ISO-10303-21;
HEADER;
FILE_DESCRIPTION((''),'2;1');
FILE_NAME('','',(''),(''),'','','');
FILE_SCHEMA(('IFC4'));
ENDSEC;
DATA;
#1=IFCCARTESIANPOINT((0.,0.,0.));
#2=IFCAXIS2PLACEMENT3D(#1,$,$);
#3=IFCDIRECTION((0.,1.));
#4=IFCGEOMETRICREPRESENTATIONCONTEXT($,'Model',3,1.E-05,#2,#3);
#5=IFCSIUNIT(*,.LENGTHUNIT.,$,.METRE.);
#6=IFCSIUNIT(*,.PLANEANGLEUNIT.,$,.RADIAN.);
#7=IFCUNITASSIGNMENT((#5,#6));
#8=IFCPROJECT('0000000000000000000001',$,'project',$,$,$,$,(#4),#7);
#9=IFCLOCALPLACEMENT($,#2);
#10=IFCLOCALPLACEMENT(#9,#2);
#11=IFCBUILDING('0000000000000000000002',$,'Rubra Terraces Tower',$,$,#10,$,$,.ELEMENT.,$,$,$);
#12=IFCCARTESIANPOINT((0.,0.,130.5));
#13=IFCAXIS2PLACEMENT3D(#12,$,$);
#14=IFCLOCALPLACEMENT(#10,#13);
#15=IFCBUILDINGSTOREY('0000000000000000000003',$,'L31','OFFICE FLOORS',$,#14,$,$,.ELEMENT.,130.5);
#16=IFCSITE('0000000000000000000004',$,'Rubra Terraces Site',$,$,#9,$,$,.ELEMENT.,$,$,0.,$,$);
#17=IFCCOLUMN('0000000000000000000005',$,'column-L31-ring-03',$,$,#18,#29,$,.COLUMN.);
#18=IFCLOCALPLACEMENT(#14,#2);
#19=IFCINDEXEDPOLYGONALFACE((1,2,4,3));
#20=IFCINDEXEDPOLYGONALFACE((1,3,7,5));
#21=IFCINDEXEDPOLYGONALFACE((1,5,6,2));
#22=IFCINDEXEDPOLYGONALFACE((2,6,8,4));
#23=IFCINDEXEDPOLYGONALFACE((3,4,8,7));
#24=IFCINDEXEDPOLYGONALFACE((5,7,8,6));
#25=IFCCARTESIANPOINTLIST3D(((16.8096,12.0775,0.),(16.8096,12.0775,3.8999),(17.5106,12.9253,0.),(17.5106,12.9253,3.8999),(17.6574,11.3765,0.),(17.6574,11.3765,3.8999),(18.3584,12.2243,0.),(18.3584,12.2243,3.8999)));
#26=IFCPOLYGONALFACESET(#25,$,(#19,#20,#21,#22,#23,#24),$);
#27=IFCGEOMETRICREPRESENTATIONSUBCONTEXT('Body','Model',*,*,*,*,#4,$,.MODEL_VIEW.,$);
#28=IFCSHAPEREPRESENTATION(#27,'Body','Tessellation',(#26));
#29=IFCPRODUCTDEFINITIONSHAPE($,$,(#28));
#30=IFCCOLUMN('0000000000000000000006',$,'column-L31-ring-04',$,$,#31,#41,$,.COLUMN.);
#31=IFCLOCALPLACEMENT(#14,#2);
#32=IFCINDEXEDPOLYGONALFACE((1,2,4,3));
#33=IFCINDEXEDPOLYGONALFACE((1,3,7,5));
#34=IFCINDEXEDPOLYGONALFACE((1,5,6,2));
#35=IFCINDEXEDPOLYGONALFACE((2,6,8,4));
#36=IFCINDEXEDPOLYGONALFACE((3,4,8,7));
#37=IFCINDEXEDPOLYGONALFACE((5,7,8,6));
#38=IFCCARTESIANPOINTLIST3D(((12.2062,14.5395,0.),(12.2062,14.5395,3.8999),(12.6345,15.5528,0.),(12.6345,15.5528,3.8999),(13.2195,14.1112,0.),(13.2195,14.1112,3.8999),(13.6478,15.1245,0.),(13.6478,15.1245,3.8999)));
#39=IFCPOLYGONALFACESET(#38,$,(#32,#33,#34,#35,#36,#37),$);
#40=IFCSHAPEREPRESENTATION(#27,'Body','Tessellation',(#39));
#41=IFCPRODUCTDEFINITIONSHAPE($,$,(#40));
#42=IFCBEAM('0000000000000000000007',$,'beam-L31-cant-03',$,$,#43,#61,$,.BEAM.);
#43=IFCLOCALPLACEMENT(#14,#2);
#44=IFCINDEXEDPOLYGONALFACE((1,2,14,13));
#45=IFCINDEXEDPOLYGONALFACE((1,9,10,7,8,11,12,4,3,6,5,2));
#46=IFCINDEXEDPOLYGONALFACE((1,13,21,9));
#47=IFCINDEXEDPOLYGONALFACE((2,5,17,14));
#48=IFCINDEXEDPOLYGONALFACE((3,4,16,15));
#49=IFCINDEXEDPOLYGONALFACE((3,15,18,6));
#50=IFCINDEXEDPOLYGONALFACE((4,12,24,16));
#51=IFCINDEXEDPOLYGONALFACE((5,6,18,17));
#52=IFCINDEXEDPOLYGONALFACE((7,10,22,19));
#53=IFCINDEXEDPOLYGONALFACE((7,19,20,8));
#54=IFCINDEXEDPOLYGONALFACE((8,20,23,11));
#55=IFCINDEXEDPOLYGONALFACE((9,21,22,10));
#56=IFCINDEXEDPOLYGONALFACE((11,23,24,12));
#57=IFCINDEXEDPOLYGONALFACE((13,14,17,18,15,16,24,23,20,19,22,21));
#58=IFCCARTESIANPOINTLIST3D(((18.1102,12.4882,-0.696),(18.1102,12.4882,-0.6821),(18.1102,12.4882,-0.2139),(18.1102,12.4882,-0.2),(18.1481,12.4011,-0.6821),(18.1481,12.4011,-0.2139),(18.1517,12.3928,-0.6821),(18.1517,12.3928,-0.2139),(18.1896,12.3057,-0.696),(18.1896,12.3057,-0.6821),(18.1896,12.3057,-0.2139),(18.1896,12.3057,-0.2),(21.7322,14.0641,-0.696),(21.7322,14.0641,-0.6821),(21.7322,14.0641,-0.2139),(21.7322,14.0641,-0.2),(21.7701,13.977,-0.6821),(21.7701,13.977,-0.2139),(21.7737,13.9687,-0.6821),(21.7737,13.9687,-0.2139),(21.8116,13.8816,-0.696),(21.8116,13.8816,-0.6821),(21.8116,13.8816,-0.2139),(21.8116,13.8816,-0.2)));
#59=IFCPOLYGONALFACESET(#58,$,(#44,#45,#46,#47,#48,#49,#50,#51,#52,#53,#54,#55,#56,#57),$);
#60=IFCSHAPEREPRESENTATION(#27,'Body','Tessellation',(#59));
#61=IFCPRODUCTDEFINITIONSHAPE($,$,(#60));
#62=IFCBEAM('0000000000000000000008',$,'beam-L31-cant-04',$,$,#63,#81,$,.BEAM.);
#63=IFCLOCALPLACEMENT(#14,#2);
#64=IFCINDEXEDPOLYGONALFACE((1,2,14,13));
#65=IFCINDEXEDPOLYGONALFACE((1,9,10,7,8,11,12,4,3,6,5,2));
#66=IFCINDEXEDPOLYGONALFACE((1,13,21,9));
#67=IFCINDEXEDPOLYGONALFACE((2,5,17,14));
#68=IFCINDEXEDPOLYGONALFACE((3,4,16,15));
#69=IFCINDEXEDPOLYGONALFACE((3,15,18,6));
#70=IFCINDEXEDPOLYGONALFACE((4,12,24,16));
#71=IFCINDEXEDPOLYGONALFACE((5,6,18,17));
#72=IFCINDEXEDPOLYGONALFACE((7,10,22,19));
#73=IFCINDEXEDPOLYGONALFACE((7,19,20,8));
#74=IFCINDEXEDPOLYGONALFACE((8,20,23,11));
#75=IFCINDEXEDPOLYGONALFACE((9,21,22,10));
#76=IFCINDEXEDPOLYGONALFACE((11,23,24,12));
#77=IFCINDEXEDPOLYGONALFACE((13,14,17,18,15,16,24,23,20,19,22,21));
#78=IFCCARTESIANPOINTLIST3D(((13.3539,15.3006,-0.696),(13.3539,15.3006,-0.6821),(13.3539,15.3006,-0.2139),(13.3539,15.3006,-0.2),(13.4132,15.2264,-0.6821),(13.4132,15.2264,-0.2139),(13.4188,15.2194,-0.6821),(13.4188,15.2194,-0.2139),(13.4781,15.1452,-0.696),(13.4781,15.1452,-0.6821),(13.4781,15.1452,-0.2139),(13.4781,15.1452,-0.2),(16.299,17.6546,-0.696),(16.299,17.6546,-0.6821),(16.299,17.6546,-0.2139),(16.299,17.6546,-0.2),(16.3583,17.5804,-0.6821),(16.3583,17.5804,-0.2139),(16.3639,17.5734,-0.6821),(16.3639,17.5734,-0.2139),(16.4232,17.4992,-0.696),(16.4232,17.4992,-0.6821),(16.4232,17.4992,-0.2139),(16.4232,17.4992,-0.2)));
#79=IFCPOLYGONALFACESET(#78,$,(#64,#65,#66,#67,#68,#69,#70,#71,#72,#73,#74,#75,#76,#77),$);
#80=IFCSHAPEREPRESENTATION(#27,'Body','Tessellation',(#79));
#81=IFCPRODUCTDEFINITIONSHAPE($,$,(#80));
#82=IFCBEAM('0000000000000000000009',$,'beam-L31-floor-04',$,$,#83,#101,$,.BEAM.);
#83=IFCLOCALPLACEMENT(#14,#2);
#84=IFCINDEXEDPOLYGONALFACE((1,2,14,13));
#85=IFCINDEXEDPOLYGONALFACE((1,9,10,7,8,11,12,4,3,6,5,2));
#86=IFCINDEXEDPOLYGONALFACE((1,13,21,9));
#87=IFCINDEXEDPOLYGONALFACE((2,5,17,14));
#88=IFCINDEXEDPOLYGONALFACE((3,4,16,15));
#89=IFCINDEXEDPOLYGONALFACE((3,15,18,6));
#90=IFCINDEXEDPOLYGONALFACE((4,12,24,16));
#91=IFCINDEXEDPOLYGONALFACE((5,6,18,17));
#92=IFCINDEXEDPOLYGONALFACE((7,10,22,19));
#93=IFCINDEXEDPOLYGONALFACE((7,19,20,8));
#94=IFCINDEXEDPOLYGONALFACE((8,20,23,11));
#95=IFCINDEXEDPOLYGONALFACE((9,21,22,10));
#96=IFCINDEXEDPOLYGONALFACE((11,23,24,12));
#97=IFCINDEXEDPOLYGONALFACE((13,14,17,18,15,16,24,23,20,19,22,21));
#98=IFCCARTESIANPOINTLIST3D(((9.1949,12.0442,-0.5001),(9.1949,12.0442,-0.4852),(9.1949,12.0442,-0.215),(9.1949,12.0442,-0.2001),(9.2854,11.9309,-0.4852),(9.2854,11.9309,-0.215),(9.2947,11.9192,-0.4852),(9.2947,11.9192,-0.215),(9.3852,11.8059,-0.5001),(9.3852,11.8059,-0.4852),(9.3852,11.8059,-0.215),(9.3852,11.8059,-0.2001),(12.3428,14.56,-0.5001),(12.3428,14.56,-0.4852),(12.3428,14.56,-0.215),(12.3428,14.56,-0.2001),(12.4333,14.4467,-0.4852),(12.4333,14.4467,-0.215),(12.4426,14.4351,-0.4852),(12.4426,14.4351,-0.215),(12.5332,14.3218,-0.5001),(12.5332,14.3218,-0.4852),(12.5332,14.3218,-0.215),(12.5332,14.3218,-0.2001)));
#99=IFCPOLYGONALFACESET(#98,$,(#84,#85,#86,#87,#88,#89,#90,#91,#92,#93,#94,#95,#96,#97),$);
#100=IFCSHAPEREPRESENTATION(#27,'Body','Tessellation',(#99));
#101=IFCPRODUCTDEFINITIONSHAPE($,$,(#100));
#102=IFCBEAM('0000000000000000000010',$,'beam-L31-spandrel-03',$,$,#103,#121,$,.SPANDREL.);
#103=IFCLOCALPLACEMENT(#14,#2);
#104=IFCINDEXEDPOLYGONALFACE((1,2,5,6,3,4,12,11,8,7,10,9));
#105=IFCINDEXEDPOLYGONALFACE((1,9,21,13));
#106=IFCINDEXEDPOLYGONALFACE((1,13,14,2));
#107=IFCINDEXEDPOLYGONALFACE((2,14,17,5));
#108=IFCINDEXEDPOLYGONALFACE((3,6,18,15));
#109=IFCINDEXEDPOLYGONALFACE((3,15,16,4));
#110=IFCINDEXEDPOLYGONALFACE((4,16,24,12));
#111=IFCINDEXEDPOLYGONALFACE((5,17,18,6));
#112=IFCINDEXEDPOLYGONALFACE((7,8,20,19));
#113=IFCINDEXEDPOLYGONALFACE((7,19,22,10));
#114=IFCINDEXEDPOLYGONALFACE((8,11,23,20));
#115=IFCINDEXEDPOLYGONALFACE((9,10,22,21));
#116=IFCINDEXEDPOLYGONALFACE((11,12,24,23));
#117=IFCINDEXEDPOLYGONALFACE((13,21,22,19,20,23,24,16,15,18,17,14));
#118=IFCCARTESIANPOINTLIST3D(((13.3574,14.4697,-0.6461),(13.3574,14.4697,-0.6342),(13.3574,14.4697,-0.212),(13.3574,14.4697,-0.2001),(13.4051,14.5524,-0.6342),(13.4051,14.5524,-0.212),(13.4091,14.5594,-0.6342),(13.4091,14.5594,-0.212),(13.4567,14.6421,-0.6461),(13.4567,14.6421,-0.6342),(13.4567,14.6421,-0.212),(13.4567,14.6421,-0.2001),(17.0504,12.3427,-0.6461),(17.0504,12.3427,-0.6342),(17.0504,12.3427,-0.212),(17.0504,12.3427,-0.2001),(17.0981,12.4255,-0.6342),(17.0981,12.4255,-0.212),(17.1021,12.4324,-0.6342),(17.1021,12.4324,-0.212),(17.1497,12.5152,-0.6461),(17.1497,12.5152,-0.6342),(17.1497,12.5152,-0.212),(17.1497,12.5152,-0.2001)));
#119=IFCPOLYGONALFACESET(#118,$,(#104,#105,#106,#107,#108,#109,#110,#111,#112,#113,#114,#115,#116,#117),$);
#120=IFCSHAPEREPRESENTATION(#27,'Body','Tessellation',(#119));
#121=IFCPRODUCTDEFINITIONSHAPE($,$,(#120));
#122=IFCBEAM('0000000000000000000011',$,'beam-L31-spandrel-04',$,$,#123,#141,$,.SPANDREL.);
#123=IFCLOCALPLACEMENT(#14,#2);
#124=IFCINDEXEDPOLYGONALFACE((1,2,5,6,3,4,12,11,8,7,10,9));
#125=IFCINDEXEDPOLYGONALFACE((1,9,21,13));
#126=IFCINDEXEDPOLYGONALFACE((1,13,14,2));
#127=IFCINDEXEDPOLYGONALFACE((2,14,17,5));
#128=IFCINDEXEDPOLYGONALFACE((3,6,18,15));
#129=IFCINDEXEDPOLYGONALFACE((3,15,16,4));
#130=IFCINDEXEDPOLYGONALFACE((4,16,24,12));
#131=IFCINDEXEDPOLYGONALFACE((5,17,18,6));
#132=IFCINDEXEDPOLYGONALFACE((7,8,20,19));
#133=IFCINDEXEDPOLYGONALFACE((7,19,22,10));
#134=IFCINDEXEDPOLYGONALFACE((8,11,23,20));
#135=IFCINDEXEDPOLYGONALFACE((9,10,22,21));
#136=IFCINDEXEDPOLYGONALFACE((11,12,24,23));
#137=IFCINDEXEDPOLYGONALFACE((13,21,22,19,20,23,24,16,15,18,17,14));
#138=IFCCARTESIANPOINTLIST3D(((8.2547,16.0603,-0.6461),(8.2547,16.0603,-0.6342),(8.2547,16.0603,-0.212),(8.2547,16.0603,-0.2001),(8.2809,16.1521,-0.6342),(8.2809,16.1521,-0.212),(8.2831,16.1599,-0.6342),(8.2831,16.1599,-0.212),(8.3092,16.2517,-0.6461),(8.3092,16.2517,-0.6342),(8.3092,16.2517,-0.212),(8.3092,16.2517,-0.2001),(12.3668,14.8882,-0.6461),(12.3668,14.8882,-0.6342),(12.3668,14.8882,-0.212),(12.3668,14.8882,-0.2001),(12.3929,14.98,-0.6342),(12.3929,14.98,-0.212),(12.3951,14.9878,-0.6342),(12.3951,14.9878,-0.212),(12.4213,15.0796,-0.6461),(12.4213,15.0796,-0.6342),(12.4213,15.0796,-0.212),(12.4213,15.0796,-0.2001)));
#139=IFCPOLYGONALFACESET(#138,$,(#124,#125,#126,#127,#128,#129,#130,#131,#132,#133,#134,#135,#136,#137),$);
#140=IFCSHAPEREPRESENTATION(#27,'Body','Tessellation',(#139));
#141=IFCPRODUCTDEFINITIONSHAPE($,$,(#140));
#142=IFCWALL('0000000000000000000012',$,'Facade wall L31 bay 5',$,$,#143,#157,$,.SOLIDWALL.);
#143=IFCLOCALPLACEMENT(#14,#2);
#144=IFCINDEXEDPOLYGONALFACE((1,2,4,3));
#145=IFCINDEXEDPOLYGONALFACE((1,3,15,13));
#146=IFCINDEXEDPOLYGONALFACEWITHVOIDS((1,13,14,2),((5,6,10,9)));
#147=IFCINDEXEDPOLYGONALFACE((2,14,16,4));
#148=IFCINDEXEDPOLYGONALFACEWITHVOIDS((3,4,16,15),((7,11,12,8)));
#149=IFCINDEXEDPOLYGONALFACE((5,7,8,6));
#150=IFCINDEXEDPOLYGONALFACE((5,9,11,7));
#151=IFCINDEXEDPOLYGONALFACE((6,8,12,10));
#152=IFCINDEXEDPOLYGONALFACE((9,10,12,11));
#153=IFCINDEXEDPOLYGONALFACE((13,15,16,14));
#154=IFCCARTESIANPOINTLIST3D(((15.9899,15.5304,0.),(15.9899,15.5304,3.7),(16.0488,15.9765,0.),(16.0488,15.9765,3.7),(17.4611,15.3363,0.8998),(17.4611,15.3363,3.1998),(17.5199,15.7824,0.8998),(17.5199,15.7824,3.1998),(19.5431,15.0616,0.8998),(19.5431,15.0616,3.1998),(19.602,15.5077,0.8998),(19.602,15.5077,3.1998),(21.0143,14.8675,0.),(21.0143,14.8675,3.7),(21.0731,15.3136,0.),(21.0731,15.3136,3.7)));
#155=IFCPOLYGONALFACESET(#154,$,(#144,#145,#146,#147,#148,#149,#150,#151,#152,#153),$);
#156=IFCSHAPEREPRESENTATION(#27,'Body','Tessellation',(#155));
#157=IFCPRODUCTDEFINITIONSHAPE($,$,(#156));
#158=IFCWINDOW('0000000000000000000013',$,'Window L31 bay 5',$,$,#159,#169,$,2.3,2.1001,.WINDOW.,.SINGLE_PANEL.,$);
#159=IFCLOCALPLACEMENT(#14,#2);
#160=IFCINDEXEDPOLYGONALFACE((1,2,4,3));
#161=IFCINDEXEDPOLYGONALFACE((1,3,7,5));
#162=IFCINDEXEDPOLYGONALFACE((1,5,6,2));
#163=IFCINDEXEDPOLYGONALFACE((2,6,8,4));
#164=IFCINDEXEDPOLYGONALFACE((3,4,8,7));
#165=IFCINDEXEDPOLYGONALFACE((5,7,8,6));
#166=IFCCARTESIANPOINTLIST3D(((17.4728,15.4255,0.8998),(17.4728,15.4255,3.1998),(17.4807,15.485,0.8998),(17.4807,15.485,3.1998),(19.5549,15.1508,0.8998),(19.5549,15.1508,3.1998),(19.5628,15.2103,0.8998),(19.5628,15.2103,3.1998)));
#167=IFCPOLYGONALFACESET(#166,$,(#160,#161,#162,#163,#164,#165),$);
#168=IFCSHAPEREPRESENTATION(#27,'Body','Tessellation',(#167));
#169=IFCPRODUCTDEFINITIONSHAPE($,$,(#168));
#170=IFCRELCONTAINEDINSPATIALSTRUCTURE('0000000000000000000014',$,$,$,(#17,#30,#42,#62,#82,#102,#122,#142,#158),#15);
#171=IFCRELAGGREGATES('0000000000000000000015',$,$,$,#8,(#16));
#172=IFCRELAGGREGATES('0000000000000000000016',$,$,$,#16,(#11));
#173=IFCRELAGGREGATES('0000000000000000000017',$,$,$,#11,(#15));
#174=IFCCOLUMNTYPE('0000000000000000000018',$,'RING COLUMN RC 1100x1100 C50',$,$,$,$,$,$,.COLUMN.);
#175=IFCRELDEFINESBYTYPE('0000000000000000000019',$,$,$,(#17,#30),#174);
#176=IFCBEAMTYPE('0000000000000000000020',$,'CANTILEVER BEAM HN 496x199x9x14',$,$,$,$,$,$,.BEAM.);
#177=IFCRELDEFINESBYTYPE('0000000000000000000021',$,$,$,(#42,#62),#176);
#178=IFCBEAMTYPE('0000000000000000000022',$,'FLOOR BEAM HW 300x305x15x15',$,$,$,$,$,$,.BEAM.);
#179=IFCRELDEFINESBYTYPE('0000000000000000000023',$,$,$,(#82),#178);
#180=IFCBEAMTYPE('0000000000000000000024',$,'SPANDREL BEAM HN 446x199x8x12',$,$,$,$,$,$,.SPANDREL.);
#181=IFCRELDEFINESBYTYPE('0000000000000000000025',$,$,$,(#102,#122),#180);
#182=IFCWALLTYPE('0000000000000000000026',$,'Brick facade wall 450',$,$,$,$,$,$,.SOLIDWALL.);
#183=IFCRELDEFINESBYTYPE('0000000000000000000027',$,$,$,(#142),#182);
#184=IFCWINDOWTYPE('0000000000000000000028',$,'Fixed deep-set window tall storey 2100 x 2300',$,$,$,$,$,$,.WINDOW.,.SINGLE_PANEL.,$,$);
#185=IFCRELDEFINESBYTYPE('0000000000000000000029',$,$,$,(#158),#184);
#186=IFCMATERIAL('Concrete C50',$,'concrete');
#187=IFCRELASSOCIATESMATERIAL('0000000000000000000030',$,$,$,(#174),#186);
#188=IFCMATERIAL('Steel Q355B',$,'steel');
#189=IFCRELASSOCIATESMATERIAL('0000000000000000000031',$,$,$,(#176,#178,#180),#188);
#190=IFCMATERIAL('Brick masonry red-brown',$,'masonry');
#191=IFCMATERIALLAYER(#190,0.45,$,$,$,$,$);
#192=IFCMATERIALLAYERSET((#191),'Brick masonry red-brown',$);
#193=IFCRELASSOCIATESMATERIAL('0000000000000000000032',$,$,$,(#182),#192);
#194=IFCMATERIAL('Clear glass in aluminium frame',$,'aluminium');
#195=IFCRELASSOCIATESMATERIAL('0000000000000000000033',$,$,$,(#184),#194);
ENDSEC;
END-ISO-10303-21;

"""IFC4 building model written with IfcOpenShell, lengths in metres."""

from ifc_helpers import new_model, si_unit, direction, frame, frame_2d, origin, origin_2d, place, context, subcontext, project, spatial, rectangle, i_section, extrude, material, layer, layer_set, material_profile, profile_set, type_object, element, fill, save


model = new_model("IFC4")

# Units and contexts
model_context = context("Model", 3, precision=1e-05, world=origin(), true_north=direction((0.0, 1.0)))
body_context = subcontext(model_context, "Body", "Model", "MODEL_VIEW")
ifc_project = project(units=[si_unit("LENGTHUNIT", "METRE"), si_unit("PLANEANGLEUNIT", "RADIAN")], contexts=[model_context])

# Site, building, storey
site_placement = place(None, origin())
site = spatial("IfcSite", under=ifc_project, at=site_placement, Name="Rubra Terraces Site", CompositionType="ELEMENT", RefElevation=0.0)
building_placement = place(site_placement, origin())
building = spatial("IfcBuilding", under=site, at=building_placement, Name="Rubra Terraces Tower", CompositionType="ELEMENT")
storey_placement = place(building_placement, frame((0.0, 0.0, 130.5)))
storey = spatial("IfcBuildingStorey", under=building, at=storey_placement, Name="L31", Description="OFFICE FLOORS", CompositionType="ELEMENT", Elevation=130.5)

# Columns
ifc_material_1 = material(Name="Concrete C50", Category="concrete")
ifc_material_profile_1 = material_profile(ifc_material_1, rectangle(XDim=1.1001, YDim=1.1001, at=origin_2d()), Name="RC 1100x1100")
ifc_profile_set_1 = profile_set([ifc_material_profile_1], Name="Concrete C50")
column_type = type_object("IfcColumnType", Name="RING COLUMN RC 1100x1100 C50", PredefinedType="COLUMN", material=ifc_profile_set_1)
for number, where, z_axis, x_axis, name in (
    (1, (17.584, 12.1509, 0.0), (0.0, 0.0, 1.0), (-0.770679, 0.637223, 0.0), "column-L31-ring-03"),
    (2, (12.927, 14.832, 0.0), (0.0, 0.0, 1.0), (-0.921106, 0.389313, 0.0), "column-L31-ring-04"),
):
    element("IfcColumn", number, at=place(storey_placement, frame(where, z_axis=z_axis, x_axis=x_axis)), inside=storey, type_object=column_type, Name=name, PredefinedType="COLUMN", context=body_context, shape_type="SweptSolid", body=[
        extrude(rectangle(XDim=1.1001, YDim=1.1001, at=origin_2d()), origin(), (0.0, 0.0, 1.0), 3.8999),
    ])

# Beams
ifc_material_2 = material(Name="Steel Q355B", Category="steel")
ifc_material_profile_2 = material_profile(ifc_material_2, i_section(OverallWidth=0.199, OverallDepth=0.4961, WebThickness=0.009, FlangeThickness=0.0139, at=origin_2d()), Name="HN 496x199x9x14")
ifc_profile_set_2 = profile_set([ifc_material_profile_2], Name="Steel Q355B")
beam_type_1 = type_object("IfcBeamType", Name="CANTILEVER BEAM HN 496x199x9x14", PredefinedType="BEAM", material=ifc_profile_set_2)
beam_1_placement = place(storey_placement, frame((18.1499, 12.397, -0.448), z_axis=(0.916967, 0.398963, 0.0), x_axis=(-0.398963, 0.916967, 0.0)))
element("IfcBeam", 3, at=beam_1_placement, inside=storey, type_object=beam_type_1, Name="beam-L31-cant-03", PredefinedType="BEAM", context=body_context, shape_type="SweptSolid", body=[
    extrude(i_section(OverallWidth=0.199, OverallDepth=0.4961, WebThickness=0.009, FlangeThickness=0.0139, at=origin_2d()), origin(), (0.0, 0.0, 1.0), 3.95),
])
beam_2_placement = place(storey_placement, frame((13.416, 15.2229, -0.448), z_axis=(0.781134, 0.624363, 0.0), x_axis=(-0.624363, 0.781134, 0.0)))
element("IfcBeam", 4, at=beam_2_placement, inside=storey, type_object=beam_type_1, Name="beam-L31-cant-04", PredefinedType="BEAM", context=body_context, shape_type="SweptSolid", body=[
    extrude(i_section(OverallWidth=0.199, OverallDepth=0.4961, WebThickness=0.009, FlangeThickness=0.0139, at=origin_2d()), origin(), (0.0, 0.0, 1.0), 3.7703),
])
ifc_material_profile_3 = material_profile(ifc_material_2, i_section(OverallWidth=0.3049, OverallDepth=0.3, WebThickness=0.0149, FlangeThickness=0.0149, at=origin_2d()), Name="HW 300x305x15x15")
ifc_profile_set_3 = profile_set([ifc_material_profile_3], Name="Steel Q355B")
beam_type_2 = type_object("IfcBeamType", Name="FLOOR BEAM HW 300x305x15x15", PredefinedType="BEAM", material=ifc_profile_set_3)
beam_3_placement = place(storey_placement, frame((12.438, 14.4409, -0.3501), z_axis=(-0.78117, -0.624318, 0.0), x_axis=(0.624318, -0.78117, 0.0)))
element("IfcBeam", 5, at=beam_3_placement, inside=storey, type_object=beam_type_2, Name="beam-L31-floor-04", PredefinedType="BEAM", context=body_context, shape_type="SweptSolid", body=[
    extrude(i_section(OverallWidth=0.3049, OverallDepth=0.3, WebThickness=0.0149, FlangeThickness=0.0149, at=origin_2d()), origin(), (0.0, 0.0, 1.0), 4.0298),
])
ifc_material_profile_4 = material_profile(ifc_material_2, i_section(OverallWidth=0.199, OverallDepth=0.446, WebThickness=0.0081, FlangeThickness=0.012, at=origin_2d()), Name="HN 446x199x8x12")
ifc_profile_set_4 = profile_set([ifc_material_profile_4], Name="Steel Q355B")
beam_type_3 = type_object("IfcBeamType", Name="SPANDREL BEAM HN 446x199x8x12", PredefinedType="SPANDREL", material=ifc_profile_set_4)
beam_4_placement = place(storey_placement, frame((17.1001, 12.429, -0.4231), z_axis=(-0.86656, 0.499073, 0.0), x_axis=(-0.499073, -0.86656, 0.0)))
element("IfcBeam", 6, at=beam_4_placement, inside=storey, type_object=beam_type_3, Name="beam-L31-spandrel-03", PredefinedType="SPANDREL", context=body_context, shape_type="SweptSolid", body=[
    extrude(i_section(OverallWidth=0.199, OverallDepth=0.446, WebThickness=0.0081, FlangeThickness=0.012, at=origin_2d()), origin(), (0.0, 0.0, 1.0), 4.2617),
])
beam_5_placement = place(storey_placement, frame((12.394, 14.9839, -0.4231), z_axis=(-0.961694, 0.274125, 0.0), x_axis=(-0.274125, -0.961694, 0.0)))
element("IfcBeam", 7, at=beam_5_placement, inside=storey, type_object=beam_type_3, Name="beam-L31-spandrel-04", PredefinedType="SPANDREL", context=body_context, shape_type="SweptSolid", body=[
    extrude(i_section(OverallWidth=0.199, OverallDepth=0.446, WebThickness=0.0081, FlangeThickness=0.012, at=origin_2d()), origin(), (0.0, 0.0, 1.0), 4.2759),
])

# Wall, opening, window
ifc_material_3 = material(Name="Brick masonry red-brown", Category="masonry")
ifc_layer_1 = layer(ifc_material_3, 0.45)
ifc_layer_set_1 = layer_set([ifc_layer_1], Name="Brick masonry red-brown")
wall_type_1 = type_object("IfcWallType", Name="Brick facade wall 450", PredefinedType="SOLIDWALL", material=ifc_layer_set_1)
wall_1_placement = place(storey_placement, frame((21.0437, 15.0906, 0.0), z_axis=(0.0, 0.0, 1.0), x_axis=(-0.99141, 0.130791, 0.0)))
wall_1 = element("IfcWall", 8, at=wall_1_placement, inside=storey, type_object=wall_type_1, Name="Facade wall L31 bay 5", PredefinedType="SOLIDWALL", context=body_context, shape_type="SweptSolid", body=[
    extrude(rectangle(XDim=5.0679, YDim=0.45, at=frame_2d((2.5339, 0.0))), origin(), (0.0, 0.0, 1.0), 3.7),
])
opening_1_placement = place(wall_1_placement, frame((1.4839, 0.0, 0.8999)))
opening_1 = element("IfcOpeningElement", 9, at=opening_1_placement, cuts=wall_1, PredefinedType="OPENING", context=body_context, shape_type="SweptSolid", body=[
    extrude(rectangle(XDim=2.1001, YDim=2.3, at=frame_2d((1.05, 1.1499))), frame((0.0, 0.2349, 0.0), z_axis=(0.0, -1.0, 0.0), x_axis=(1.0, 0.0, 0.0)), (0.0, 0.0, 1.0), 0.47),
])
ifc_material_4 = material(Name="Clear glass in aluminium frame", Category="aluminium")
window_type = type_object("IfcWindowType", Name="Fixed deep-set window tall storey 2100 x 2300", PartitioningType="SINGLE_PANEL", PredefinedType="WINDOW", material=ifc_material_4)
window_1_placement = place(opening_1_placement, origin())
window_1 = element("IfcWindow", 10, at=window_1_placement, inside=storey, type_object=window_type, Name="Window L31 bay 5", OverallHeight=2.3, OverallWidth=2.1001, PartitioningType="SINGLE_PANEL", PredefinedType="WINDOW", context=body_context, shape_type="SweptSolid", body=[
    extrude(rectangle(XDim=2.1001, YDim=2.3, at=frame_2d((1.05, 1.1499))), frame((0.0, 0.135, 0.0), z_axis=(0.0, -1.0, 0.0), x_axis=(1.0, 0.0, 0.0)), (0.0, 0.0, 1.0), 0.0601),
])
fill(opening_1, window_1)

save(model, "model.ifc")
